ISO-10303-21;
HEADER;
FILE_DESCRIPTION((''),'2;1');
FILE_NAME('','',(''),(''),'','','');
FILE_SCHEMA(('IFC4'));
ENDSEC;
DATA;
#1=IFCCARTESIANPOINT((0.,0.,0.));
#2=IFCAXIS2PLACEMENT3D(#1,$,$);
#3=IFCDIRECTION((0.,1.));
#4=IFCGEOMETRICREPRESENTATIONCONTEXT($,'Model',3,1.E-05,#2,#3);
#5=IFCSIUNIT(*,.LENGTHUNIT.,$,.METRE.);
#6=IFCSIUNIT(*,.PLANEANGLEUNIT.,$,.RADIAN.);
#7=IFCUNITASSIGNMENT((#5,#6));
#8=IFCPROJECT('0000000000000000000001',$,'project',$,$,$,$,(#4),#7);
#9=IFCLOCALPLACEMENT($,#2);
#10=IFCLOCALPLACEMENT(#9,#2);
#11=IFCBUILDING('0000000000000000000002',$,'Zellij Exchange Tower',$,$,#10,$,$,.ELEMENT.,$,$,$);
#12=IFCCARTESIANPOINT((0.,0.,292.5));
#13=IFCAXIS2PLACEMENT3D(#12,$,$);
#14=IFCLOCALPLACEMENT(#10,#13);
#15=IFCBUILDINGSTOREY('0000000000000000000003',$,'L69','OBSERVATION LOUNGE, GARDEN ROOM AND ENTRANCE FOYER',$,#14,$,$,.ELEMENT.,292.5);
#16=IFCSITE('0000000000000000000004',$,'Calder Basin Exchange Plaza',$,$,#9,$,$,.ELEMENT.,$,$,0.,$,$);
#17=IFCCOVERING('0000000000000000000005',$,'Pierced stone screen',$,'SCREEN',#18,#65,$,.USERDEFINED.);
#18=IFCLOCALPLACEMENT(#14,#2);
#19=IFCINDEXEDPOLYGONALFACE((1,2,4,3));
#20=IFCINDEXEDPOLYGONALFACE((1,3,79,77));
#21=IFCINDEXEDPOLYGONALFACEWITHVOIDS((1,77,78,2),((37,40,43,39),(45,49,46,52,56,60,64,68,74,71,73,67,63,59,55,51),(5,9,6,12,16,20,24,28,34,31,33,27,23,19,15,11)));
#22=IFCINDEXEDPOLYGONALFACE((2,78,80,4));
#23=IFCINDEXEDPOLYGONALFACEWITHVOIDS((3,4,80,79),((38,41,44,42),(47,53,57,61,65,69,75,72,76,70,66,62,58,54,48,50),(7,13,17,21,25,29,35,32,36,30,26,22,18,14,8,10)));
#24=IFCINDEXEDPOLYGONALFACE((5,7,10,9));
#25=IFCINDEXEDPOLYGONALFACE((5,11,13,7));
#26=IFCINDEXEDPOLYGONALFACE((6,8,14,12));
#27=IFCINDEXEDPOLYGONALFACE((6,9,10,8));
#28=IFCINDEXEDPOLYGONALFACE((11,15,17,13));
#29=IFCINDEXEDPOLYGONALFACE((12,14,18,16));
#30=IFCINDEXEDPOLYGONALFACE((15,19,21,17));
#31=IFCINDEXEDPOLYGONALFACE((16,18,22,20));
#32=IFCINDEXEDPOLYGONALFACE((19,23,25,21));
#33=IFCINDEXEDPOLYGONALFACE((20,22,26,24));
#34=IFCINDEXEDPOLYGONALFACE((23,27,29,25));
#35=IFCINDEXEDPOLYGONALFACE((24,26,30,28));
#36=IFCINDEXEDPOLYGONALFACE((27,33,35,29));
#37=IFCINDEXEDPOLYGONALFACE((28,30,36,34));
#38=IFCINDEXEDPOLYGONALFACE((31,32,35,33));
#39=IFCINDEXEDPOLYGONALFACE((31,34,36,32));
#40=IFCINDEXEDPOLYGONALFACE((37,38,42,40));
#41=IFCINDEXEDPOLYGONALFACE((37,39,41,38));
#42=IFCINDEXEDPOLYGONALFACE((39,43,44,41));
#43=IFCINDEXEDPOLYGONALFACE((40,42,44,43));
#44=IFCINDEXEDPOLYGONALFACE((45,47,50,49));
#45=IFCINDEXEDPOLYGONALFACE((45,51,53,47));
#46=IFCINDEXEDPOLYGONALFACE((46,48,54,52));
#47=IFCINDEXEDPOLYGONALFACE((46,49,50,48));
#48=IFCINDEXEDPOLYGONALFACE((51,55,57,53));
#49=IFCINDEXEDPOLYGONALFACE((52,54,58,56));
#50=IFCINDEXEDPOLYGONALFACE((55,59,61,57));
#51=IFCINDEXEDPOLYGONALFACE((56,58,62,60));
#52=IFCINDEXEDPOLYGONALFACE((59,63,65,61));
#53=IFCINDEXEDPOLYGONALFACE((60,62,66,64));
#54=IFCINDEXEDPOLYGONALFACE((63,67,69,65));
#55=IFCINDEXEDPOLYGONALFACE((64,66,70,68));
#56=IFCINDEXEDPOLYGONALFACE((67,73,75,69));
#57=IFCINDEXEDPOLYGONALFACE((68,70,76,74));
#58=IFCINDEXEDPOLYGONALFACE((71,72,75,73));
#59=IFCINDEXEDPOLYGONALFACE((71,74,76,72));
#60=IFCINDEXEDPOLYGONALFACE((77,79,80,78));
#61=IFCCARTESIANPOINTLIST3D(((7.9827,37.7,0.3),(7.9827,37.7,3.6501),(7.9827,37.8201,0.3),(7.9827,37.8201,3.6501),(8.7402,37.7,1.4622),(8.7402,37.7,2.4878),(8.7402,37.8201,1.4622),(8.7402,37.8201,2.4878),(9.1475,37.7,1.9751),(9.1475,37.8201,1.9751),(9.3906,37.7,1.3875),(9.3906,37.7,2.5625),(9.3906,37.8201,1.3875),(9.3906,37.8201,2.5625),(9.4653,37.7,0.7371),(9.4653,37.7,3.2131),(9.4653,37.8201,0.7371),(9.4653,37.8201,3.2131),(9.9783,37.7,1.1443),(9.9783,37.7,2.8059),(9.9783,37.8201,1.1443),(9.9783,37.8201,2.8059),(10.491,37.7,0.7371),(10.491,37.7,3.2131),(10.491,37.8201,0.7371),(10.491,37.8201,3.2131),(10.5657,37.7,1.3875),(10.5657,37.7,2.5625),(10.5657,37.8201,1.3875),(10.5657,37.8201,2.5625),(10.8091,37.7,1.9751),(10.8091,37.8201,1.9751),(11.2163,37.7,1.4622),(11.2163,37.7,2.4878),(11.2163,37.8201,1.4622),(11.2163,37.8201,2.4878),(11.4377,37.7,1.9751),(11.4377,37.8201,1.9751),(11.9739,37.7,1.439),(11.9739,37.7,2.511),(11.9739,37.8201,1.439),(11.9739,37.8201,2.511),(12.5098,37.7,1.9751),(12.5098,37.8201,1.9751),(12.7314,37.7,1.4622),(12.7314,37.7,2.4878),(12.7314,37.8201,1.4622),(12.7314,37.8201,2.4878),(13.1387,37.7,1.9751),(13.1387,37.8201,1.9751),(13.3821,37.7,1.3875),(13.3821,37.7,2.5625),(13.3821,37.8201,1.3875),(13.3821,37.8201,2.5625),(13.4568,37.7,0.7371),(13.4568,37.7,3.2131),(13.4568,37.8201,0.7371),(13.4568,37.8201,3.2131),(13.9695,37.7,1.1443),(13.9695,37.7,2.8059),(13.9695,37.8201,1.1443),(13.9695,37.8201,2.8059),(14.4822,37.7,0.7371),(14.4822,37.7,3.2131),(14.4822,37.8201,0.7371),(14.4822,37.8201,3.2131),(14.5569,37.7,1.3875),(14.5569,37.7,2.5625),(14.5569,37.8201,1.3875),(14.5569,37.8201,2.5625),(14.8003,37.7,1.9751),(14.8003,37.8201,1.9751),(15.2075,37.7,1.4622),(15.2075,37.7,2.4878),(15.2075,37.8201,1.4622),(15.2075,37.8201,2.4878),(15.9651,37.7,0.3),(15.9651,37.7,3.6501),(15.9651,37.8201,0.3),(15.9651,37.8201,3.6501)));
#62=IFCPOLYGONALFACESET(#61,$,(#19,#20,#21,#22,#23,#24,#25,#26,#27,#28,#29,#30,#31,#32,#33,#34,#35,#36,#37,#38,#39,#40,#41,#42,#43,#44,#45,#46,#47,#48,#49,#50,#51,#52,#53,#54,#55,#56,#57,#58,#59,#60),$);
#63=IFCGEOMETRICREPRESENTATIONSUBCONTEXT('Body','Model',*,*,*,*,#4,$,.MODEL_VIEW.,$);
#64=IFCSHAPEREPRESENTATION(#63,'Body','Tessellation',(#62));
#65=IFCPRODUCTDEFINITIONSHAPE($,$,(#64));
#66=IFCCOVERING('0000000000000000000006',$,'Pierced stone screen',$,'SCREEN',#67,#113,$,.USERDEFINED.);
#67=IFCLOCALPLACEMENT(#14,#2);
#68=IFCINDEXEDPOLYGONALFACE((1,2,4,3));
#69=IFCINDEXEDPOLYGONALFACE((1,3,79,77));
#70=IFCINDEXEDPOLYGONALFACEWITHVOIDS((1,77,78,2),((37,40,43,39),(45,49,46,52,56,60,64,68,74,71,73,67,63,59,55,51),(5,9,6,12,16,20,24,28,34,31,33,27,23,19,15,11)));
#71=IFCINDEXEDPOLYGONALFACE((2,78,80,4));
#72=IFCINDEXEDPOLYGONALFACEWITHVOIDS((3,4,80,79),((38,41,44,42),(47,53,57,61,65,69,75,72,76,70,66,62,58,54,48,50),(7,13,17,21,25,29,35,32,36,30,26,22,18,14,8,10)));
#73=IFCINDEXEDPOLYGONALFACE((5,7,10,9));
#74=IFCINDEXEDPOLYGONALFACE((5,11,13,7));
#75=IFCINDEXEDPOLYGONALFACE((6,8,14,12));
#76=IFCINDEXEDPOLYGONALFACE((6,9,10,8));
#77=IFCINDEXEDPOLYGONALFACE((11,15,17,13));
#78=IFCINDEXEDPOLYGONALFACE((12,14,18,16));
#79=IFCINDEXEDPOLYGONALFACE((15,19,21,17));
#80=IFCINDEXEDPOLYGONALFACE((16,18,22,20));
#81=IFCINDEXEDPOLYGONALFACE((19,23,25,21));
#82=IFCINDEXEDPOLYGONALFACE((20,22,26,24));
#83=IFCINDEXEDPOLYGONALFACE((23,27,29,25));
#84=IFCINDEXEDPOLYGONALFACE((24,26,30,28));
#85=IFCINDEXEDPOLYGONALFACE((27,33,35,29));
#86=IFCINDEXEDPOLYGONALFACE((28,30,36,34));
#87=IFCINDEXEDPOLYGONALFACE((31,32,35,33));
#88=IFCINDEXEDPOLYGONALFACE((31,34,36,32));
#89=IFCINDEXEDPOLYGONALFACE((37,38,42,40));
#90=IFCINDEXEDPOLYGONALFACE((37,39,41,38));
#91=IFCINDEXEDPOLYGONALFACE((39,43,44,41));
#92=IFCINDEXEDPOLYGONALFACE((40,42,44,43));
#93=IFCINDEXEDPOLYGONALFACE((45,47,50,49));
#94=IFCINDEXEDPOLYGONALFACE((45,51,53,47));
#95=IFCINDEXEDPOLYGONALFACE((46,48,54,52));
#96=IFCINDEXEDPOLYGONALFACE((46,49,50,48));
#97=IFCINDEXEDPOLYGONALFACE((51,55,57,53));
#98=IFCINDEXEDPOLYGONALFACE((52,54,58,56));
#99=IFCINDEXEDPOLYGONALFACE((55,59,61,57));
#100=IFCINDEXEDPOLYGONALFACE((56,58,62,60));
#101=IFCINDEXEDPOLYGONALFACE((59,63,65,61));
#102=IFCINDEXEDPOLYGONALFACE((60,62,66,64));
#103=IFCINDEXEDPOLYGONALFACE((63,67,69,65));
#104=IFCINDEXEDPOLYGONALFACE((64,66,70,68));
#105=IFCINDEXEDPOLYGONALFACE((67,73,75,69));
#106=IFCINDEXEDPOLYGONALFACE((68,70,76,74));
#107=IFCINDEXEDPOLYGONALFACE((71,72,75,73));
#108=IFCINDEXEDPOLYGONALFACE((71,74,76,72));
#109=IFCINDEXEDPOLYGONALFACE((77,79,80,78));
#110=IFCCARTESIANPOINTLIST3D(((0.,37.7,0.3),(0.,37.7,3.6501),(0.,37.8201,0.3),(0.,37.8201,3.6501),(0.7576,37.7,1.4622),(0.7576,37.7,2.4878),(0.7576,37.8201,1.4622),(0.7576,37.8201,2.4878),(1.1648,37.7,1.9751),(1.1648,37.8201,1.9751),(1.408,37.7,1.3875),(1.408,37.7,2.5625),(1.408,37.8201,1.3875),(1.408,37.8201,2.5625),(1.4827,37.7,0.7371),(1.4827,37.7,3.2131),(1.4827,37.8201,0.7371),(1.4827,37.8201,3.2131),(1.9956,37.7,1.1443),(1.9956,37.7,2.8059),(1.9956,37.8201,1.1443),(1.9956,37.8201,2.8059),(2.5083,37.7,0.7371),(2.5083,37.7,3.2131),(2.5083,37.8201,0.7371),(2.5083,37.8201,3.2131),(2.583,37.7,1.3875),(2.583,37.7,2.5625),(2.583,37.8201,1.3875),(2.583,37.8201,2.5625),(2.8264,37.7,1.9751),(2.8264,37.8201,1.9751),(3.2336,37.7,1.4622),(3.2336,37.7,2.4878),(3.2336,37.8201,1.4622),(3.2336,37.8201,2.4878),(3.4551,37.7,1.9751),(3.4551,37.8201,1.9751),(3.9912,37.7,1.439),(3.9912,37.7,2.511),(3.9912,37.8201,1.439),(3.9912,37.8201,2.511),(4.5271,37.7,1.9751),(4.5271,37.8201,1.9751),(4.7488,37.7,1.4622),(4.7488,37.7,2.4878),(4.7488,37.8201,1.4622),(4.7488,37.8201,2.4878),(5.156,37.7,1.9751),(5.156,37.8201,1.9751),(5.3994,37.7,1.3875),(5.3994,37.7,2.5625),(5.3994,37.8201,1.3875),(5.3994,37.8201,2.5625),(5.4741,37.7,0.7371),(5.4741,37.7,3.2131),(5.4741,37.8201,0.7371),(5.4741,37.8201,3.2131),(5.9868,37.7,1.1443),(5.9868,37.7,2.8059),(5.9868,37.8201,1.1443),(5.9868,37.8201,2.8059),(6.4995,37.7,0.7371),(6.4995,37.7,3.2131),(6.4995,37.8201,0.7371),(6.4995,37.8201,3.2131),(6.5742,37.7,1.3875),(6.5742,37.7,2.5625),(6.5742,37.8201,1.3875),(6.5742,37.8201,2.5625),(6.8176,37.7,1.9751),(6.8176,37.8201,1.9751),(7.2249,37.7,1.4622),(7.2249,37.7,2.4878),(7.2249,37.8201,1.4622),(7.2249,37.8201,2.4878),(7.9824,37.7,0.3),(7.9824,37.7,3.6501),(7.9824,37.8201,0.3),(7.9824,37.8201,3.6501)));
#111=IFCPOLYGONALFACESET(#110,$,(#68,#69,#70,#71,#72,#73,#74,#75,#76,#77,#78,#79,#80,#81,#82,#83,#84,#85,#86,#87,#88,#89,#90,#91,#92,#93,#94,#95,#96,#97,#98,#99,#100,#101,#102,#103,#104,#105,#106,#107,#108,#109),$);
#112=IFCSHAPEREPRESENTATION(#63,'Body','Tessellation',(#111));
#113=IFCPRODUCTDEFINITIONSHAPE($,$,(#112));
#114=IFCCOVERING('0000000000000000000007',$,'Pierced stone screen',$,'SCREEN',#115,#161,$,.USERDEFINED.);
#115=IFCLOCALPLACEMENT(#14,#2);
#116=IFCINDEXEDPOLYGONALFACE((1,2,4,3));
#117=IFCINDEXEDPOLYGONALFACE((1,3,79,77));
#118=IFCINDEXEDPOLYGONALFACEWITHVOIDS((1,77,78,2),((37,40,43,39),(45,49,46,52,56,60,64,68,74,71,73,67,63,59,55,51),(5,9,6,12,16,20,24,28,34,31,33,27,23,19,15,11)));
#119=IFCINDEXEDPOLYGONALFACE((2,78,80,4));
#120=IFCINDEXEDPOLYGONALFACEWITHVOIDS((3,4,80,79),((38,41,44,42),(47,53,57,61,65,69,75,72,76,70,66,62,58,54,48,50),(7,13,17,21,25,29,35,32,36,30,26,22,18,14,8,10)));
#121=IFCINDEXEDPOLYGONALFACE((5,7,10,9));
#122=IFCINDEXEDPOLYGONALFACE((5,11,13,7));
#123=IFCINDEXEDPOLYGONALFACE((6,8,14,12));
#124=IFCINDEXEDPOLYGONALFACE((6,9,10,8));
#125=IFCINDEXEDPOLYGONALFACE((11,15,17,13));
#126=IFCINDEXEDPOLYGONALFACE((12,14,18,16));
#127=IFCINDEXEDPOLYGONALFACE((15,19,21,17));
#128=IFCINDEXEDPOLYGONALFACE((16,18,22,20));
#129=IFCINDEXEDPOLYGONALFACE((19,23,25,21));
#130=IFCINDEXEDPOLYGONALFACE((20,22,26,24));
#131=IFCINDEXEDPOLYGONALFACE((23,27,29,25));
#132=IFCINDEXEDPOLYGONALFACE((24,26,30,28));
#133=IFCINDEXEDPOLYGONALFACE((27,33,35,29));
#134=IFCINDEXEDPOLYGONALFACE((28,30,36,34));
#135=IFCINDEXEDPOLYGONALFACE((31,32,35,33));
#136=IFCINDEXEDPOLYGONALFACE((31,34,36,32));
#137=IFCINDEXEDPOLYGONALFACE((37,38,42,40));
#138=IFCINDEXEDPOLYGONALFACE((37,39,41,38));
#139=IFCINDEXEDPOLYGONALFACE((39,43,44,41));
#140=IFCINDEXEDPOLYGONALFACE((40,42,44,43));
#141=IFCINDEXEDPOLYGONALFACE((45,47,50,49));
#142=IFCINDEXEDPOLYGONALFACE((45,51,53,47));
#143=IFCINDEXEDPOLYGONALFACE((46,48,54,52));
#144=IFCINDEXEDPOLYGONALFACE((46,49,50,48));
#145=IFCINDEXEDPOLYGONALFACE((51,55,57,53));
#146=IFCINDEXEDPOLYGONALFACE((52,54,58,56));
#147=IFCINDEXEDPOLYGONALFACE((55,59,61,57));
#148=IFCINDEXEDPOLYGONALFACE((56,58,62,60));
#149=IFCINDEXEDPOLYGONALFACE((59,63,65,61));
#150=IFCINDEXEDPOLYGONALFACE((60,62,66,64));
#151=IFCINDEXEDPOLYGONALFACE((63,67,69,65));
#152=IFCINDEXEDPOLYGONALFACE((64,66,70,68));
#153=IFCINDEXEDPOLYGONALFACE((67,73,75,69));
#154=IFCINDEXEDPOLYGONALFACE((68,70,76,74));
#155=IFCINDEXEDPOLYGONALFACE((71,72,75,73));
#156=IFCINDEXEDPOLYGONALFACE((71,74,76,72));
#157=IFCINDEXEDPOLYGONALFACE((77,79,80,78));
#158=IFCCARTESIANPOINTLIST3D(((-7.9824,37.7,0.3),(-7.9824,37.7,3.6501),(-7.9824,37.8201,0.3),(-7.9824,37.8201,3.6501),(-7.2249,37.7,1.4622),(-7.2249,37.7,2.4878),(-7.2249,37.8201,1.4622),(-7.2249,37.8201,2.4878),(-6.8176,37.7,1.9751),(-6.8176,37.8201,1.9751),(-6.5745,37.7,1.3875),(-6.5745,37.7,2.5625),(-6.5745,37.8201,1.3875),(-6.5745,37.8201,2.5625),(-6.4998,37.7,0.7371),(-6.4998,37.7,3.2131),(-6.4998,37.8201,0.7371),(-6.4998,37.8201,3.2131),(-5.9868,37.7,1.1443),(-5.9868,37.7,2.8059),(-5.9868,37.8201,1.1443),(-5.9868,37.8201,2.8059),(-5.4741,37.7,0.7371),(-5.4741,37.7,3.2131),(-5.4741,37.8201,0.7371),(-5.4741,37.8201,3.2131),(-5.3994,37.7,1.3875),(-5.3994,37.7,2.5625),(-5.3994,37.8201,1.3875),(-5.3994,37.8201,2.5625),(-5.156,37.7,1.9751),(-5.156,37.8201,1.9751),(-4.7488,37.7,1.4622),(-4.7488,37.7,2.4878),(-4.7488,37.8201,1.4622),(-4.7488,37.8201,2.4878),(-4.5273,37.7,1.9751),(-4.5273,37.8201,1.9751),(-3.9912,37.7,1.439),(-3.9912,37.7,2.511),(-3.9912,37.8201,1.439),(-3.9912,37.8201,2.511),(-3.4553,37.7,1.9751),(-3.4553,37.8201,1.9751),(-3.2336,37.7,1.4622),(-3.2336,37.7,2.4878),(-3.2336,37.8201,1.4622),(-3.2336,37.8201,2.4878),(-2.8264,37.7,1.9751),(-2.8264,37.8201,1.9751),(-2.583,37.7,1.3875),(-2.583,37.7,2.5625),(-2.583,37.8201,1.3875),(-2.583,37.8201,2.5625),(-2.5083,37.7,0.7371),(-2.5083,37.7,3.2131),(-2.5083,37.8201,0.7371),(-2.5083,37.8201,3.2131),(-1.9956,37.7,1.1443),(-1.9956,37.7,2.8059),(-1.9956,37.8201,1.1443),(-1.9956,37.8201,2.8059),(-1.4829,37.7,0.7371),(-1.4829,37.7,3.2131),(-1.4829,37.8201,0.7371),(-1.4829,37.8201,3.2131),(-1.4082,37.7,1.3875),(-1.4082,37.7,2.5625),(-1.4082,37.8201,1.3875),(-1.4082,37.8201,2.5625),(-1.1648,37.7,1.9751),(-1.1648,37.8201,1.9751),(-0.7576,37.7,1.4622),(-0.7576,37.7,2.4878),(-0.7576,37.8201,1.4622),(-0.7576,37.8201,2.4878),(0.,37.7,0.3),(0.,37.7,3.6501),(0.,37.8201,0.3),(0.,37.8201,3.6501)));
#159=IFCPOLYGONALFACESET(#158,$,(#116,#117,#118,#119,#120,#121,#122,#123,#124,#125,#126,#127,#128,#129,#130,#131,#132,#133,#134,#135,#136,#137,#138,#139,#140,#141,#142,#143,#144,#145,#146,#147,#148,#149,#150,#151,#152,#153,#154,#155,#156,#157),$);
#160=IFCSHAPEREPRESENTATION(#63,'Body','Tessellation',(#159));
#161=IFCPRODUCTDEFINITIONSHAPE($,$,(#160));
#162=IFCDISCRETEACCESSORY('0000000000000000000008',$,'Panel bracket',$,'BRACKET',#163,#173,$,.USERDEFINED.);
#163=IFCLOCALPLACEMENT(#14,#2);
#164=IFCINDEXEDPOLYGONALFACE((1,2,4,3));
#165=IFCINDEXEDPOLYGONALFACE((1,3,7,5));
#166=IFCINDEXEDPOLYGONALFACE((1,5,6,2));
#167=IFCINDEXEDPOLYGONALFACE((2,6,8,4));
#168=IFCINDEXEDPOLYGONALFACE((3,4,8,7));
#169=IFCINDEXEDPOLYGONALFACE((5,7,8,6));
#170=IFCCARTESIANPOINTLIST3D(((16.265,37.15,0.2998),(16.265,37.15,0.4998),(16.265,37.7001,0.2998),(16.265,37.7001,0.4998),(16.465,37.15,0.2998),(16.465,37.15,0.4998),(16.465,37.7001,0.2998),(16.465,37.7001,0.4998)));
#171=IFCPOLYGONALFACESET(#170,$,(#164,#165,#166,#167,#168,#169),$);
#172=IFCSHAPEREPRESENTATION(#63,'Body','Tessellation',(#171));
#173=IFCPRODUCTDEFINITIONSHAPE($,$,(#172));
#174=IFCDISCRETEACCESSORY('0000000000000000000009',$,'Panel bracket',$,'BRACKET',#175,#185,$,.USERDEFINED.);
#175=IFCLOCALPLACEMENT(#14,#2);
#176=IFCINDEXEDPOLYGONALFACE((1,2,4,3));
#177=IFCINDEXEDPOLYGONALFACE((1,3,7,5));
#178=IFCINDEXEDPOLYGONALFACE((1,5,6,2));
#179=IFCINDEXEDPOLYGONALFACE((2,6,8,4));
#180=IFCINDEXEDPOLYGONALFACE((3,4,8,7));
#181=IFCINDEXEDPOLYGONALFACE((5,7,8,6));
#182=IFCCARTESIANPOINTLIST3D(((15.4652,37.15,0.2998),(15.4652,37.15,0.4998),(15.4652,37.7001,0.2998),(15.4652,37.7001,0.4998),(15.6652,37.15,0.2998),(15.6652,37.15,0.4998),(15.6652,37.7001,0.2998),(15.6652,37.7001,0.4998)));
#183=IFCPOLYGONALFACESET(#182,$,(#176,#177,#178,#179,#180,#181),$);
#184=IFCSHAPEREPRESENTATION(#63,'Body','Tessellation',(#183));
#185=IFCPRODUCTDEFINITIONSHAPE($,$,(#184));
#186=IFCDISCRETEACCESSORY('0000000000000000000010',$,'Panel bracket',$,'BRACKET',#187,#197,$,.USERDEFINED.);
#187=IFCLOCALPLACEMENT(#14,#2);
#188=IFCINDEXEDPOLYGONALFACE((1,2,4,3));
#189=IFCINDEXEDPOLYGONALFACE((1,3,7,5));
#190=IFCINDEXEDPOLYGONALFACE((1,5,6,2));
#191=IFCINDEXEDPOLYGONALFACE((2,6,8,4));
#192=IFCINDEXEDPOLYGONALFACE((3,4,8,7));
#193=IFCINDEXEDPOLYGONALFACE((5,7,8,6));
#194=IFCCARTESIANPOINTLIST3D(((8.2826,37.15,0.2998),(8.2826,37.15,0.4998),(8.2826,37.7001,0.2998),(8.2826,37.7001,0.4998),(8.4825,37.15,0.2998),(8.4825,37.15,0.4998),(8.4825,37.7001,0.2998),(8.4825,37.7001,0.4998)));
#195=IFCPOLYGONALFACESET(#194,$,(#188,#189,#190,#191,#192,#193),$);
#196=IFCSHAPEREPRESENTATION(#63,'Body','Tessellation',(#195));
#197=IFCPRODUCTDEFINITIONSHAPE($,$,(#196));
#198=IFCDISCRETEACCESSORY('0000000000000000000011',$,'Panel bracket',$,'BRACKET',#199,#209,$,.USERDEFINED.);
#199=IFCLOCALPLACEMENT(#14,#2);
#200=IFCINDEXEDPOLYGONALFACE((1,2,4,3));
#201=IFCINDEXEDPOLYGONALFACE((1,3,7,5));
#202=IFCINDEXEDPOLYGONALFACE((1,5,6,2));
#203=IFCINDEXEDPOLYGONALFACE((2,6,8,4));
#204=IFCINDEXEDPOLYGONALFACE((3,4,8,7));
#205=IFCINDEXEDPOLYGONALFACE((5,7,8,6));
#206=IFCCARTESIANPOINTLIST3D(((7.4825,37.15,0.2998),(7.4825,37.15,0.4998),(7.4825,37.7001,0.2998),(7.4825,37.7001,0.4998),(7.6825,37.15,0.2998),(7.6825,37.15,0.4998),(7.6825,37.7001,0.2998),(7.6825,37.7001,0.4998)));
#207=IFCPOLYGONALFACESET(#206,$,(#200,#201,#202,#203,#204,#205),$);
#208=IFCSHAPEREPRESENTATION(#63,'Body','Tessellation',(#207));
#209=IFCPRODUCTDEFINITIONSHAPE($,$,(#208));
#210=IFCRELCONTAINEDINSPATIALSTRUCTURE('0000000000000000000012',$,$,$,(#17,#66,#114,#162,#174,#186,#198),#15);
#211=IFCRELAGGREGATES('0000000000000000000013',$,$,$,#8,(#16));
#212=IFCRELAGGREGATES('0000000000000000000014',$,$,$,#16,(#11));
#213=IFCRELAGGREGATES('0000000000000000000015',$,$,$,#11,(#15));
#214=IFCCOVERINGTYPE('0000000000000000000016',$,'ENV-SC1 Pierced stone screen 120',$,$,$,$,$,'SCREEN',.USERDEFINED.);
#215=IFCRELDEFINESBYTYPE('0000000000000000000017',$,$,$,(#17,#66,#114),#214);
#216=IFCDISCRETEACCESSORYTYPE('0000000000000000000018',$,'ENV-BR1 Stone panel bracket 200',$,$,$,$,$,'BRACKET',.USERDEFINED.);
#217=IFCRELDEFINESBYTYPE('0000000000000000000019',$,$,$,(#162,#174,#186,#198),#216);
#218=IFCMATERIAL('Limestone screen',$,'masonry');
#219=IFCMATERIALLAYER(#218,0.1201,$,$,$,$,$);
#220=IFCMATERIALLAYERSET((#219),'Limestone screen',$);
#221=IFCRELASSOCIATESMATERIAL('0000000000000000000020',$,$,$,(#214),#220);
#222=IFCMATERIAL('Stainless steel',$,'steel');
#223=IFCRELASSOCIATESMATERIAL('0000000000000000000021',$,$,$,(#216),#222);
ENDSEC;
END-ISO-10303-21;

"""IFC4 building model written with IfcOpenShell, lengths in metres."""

from ifc_helpers import new_model, si_unit, direction, frame, origin, origin_2d, place, context, subcontext, project, spatial, polyline, rectangle, outline, extrude, material, layer, layer_set, type_object, element, save


model = new_model("IFC4")

# Units and contexts
model_context = context("Model", 3, precision=1e-05, world=origin(), true_north=direction((0.0, 1.0)))
body_context = subcontext(model_context, "Body", "Model", "MODEL_VIEW")
ifc_project = project(units=[si_unit("LENGTHUNIT", "METRE"), si_unit("PLANEANGLEUNIT", "RADIAN")], contexts=[model_context])

# Site, building, storey
site_placement = place(None, origin())
site = spatial("IfcSite", under=ifc_project, at=site_placement, Name="Calder Basin Exchange Plaza", CompositionType="ELEMENT", RefElevation=0.0)
building_placement = place(site_placement, origin())
building = spatial("IfcBuilding", under=site, at=building_placement, Name="Zellij Exchange Tower", CompositionType="ELEMENT")
storey_placement = place(building_placement, frame((0.0, 0.0, 292.5)))
storey = spatial("IfcBuildingStorey", under=building, at=storey_placement, Name="L69", Description="OBSERVATION LOUNGE, GARDEN ROOM AND ENTRANCE FOYER", CompositionType="ELEMENT", Elevation=292.5)

# Coverings
ifc_material_1 = material(Name="Limestone screen", Category="masonry")
ifc_layer_1 = layer(ifc_material_1, 0.1201)
ifc_layer_set_1 = layer_set([ifc_layer_1], Name="Limestone screen")
covering_type = type_object("IfcCoveringType", Name="ENV-SC1 Pierced stone screen 120", ElementType="SCREEN", PredefinedType="USERDEFINED", material=ifc_layer_set_1)
for number, where, z_axis, x_axis, name in (
    (1, (15.9651, 37.76, 0.3), (0.0, 0.0, 1.0), (-1.0, 0.0, 0.0), "Pierced stone screen"),
    (2, (7.9824, 37.76, 0.3), (0.0, 0.0, 1.0), (-1.0, 0.0, 0.0), "Pierced stone screen"),
    (3, (0.0, 37.76, 0.3), (0.0, 0.0, 1.0), (-1.0, 0.0, 0.0), "Pierced stone screen"),
):
    element("IfcCovering", number, at=place(storey_placement, frame(where, z_axis=z_axis, x_axis=x_axis)), inside=storey, type_object=covering_type, Name=name, ObjectType="SCREEN", PredefinedType="USERDEFINED", context=body_context, shape_type="SweptSolid", body=[
        extrude(outline(polyline([(0.0, 0.0), (7.9824, 0.0), (7.9824, 3.3501), (0.0, 3.3501), (0.0, 0.0)]), holes=[polyline([(3.2336, 2.1877), (2.583, 2.2625), (2.5083, 2.9131), (1.9956, 2.5059), (1.4829, 2.9131), (1.4082, 2.2625), (0.7576, 2.1877), (1.1648, 1.675), (0.7576, 1.1621), (1.4082, 1.0874), (1.4829, 0.437), (1.9956, 0.8442), (2.5083, 0.437), (2.583, 1.0874), (3.2336, 1.1621), (2.8264, 1.675), (3.2336, 2.1877)]), polyline([(7.2249, 2.1877), (6.5745, 2.2625), (6.4998, 2.9131), (5.9868, 2.5059), (5.4741, 2.9131), (5.3994, 2.2625), (4.7488, 2.1877), (5.156, 1.675), (4.7488, 1.1621), (5.3994, 1.0874), (5.4741, 0.437), (5.9868, 0.8442), (6.4998, 0.437), (6.5745, 1.0874), (7.2249, 1.1621), (6.8176, 1.675), (7.2249, 2.1877)]), polyline([(4.5273, 1.675), (3.9912, 2.2109), (3.4553, 1.675), (3.9912, 1.1389), (4.5273, 1.675)])]), frame((0.0, 0.0601, 0.0), z_axis=(0.0, -1.0, 0.0), x_axis=(1.0, 0.0, 0.0)), (0.0, 0.0, 1.0), 0.1201),
    ])

# Discrete accessories
ifc_material_2 = material(Name="Stainless steel", Category="steel")
discrete_accessory_type = type_object("IfcDiscreteAccessoryType", Name="ENV-BR1 Stone panel bracket 200", ElementType="BRACKET", PredefinedType="USERDEFINED", material=ifc_material_2)
for number, where, z_axis, x_axis, name in (
    (4, (16.365, 37.425, 0.2998), (0.0, 0.0, 1.0), (-1.0, 0.0, 0.0), "Panel bracket"),
    (5, (15.5652, 37.425, 0.2998), (0.0, 0.0, 1.0), (-1.0, 0.0, 0.0), "Panel bracket"),
    (6, (8.3826, 37.425, 0.2998), (0.0, 0.0, 1.0), (-1.0, 0.0, 0.0), "Panel bracket"),
    (7, (7.5825, 37.425, 0.2998), (0.0, 0.0, 1.0), (-1.0, 0.0, 0.0), "Panel bracket"),
):
    element("IfcDiscreteAccessory", number, at=place(storey_placement, frame(where, z_axis=z_axis, x_axis=x_axis)), inside=storey, type_object=discrete_accessory_type, Name=name, ObjectType="BRACKET", PredefinedType="USERDEFINED", context=body_context, shape_type="SweptSolid", body=[
        extrude(rectangle(XDim=0.2, YDim=0.55, at=origin_2d()), origin(), (0.0, 0.0, 1.0), 0.2),
    ])

save(model, "model.ifc")
